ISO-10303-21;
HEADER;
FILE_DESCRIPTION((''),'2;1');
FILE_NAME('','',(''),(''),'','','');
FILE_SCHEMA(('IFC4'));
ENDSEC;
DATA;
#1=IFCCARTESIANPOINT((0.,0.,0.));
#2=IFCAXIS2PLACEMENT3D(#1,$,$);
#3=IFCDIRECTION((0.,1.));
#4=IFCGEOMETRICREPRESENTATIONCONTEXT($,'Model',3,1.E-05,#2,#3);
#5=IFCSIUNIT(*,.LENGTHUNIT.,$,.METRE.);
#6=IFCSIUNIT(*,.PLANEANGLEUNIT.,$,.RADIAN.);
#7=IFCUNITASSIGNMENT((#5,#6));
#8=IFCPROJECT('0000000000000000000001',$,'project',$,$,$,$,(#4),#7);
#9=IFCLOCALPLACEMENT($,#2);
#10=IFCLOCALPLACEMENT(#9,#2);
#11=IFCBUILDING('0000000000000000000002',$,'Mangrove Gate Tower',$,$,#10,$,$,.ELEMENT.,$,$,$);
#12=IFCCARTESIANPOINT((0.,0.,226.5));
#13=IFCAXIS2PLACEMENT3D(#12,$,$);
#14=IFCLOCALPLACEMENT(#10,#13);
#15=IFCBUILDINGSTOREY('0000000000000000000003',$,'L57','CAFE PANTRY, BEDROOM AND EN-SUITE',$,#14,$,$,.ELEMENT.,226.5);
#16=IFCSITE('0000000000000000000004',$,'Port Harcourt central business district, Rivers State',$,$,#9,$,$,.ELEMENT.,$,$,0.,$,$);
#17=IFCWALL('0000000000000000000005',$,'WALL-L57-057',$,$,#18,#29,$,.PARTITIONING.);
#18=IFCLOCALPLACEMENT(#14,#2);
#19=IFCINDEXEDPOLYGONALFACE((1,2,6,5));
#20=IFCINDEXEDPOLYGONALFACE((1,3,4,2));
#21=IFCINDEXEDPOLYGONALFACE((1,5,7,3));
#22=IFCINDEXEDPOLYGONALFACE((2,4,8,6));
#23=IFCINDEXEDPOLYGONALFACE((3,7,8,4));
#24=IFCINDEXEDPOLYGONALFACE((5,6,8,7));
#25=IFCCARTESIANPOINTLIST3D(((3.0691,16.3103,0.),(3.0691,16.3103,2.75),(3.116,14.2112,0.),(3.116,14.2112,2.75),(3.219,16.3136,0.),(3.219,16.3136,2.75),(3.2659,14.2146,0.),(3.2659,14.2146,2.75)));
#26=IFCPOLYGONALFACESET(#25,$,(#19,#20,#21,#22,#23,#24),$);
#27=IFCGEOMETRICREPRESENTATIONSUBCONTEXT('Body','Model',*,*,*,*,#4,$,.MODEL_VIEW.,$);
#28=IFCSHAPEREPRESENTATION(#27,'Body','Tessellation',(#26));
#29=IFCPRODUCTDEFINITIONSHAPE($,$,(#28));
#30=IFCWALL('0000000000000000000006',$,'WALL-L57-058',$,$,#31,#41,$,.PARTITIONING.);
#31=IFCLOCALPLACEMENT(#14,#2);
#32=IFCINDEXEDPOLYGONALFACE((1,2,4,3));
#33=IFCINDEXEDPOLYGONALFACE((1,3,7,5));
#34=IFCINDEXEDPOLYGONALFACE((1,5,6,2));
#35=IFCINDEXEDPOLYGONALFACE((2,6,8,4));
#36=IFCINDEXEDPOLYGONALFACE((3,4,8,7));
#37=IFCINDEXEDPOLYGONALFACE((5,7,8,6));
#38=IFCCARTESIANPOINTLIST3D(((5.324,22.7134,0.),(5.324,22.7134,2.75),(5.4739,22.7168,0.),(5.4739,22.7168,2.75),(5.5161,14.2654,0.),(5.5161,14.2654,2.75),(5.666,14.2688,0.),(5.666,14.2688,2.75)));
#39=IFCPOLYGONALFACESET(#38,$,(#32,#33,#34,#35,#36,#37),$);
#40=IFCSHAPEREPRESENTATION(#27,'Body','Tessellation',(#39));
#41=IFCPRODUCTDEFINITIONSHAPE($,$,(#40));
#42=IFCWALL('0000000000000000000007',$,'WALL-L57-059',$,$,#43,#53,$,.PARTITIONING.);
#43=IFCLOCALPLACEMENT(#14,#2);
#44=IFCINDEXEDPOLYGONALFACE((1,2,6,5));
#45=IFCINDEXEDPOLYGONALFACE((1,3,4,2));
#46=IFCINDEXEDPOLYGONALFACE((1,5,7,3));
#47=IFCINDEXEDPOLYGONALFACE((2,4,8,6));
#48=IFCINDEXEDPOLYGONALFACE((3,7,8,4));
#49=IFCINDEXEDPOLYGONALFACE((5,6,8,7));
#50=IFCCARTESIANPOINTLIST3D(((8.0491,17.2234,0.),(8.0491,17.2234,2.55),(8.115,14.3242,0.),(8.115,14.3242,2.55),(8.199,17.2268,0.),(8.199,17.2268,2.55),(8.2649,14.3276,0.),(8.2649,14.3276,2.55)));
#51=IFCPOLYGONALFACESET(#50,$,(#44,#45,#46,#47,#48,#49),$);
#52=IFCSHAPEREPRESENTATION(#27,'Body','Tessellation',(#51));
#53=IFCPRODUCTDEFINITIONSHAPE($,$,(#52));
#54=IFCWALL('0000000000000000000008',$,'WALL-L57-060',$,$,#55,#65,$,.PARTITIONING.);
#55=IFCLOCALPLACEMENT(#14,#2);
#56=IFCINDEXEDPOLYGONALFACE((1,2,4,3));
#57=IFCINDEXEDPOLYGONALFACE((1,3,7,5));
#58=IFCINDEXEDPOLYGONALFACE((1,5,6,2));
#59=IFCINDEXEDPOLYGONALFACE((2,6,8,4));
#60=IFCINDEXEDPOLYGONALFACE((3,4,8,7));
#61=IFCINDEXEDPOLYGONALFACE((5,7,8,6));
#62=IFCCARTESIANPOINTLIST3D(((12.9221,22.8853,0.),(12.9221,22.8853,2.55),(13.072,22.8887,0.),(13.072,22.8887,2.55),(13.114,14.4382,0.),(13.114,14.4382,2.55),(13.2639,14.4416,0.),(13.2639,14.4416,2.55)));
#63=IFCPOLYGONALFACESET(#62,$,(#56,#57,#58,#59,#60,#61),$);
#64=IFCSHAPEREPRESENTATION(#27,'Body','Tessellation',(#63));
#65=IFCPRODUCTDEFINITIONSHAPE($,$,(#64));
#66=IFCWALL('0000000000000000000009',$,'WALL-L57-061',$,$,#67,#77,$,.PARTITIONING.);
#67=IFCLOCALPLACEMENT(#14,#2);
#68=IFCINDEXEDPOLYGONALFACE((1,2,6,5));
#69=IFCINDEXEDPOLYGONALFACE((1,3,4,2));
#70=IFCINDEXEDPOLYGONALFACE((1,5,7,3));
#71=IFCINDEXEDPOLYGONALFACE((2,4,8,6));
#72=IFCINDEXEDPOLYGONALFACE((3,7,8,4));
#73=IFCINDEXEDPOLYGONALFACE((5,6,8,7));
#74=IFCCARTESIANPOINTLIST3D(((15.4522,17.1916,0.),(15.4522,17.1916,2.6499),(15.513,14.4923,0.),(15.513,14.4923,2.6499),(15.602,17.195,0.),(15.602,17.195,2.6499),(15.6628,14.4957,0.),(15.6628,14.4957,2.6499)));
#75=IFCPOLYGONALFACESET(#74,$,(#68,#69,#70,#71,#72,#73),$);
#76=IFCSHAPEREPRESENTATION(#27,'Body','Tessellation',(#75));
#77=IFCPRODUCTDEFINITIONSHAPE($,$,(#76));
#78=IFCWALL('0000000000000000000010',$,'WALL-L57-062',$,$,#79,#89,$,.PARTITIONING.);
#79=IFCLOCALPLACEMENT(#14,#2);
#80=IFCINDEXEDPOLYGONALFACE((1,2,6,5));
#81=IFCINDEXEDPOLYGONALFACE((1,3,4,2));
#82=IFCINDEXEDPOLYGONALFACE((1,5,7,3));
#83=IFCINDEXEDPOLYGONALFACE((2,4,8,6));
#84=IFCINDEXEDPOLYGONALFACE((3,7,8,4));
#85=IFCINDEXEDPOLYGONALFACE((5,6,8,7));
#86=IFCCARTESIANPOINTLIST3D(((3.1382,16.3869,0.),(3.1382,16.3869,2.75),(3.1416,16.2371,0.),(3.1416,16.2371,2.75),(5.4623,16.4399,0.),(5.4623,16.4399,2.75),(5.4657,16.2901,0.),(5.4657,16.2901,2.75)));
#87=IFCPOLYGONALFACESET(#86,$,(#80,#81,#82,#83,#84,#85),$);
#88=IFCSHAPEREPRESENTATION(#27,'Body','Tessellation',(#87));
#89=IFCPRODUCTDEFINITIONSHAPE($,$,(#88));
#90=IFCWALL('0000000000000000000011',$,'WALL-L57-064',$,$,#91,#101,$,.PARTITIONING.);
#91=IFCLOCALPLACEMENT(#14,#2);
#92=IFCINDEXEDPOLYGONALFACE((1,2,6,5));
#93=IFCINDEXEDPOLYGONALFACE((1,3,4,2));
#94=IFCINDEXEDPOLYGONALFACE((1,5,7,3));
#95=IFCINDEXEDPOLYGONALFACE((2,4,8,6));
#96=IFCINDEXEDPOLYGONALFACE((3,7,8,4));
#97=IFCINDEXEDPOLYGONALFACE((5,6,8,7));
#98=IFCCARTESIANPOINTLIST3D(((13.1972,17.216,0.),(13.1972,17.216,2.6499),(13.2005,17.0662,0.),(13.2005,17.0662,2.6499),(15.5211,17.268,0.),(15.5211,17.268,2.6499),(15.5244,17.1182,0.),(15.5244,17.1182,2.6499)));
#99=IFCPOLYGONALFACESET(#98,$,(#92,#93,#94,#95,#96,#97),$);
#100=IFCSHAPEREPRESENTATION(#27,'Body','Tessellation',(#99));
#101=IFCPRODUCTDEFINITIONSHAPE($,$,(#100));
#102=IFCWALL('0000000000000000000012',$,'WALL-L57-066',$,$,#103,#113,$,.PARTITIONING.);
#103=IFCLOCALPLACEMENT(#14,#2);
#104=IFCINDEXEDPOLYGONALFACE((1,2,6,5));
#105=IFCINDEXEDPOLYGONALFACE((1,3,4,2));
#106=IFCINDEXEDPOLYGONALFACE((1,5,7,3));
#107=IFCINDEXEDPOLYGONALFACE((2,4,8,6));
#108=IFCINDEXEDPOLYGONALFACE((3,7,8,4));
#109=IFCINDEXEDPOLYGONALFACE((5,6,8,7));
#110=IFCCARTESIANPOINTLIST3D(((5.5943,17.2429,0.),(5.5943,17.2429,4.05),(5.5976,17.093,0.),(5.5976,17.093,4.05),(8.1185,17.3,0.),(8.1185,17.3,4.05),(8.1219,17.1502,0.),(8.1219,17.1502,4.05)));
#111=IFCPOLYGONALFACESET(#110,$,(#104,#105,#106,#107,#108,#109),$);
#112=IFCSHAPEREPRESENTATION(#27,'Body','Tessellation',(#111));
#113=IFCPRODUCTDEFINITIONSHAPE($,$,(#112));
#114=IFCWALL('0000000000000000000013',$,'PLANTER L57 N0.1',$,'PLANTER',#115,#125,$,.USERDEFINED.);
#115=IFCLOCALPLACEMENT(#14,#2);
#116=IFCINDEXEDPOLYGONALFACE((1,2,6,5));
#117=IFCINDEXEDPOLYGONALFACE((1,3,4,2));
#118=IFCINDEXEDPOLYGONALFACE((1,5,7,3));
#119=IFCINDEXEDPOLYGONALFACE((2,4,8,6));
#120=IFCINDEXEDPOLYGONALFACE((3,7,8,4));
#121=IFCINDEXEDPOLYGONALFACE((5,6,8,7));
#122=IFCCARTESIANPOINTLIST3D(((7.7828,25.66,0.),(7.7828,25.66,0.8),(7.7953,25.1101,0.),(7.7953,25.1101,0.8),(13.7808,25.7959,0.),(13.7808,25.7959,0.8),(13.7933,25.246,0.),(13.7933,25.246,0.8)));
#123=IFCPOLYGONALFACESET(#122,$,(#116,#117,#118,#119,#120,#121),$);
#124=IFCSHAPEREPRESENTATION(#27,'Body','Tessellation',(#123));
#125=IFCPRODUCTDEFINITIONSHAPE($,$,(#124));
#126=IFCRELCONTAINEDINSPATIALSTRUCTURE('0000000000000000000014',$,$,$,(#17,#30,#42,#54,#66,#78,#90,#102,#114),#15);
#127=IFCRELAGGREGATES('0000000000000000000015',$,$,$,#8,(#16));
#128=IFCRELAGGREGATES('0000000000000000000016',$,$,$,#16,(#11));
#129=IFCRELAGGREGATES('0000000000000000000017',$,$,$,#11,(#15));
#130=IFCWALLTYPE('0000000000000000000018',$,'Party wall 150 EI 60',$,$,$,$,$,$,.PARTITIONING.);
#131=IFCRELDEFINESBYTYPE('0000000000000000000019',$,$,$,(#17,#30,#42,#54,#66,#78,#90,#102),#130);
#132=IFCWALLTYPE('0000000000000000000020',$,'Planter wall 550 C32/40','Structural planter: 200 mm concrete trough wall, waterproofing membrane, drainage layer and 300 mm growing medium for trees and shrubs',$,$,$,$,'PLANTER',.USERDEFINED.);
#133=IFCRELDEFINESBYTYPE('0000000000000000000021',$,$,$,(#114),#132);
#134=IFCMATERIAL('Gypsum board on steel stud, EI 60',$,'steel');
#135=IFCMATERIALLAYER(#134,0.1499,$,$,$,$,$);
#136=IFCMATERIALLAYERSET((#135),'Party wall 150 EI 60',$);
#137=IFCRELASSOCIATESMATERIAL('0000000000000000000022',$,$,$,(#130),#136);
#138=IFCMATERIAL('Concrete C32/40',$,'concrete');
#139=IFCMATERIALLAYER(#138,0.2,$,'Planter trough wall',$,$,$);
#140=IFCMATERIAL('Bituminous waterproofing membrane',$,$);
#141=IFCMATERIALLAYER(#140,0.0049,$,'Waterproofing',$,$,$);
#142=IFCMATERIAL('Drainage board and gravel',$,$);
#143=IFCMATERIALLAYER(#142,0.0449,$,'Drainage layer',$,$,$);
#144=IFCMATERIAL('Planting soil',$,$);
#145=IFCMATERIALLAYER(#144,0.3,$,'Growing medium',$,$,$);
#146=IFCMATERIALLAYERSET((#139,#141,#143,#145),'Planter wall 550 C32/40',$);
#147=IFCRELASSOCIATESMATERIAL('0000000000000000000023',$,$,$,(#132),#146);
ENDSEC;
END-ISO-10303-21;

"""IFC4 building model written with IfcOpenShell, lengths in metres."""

from ifc_helpers import new_model, si_unit, direction, frame, frame_2d, origin, place, context, subcontext, project, spatial, rectangle, extrude, material, layer, layer_set, type_object, element, save


model = new_model("IFC4")

# Units and contexts
model_context = context("Model", 3, precision=1e-05, world=origin(), true_north=direction((0.0, 1.0)))
body_context = subcontext(model_context, "Body", "Model", "MODEL_VIEW")
ifc_project = project(units=[si_unit("LENGTHUNIT", "METRE"), si_unit("PLANEANGLEUNIT", "RADIAN")], contexts=[model_context])

# Site, building, storey
site_placement = place(None, origin())
site = spatial("IfcSite", under=ifc_project, at=site_placement, Name="Port Harcourt central business district, Rivers State", CompositionType="ELEMENT", RefElevation=0.0)
building_placement = place(site_placement, origin())
building = spatial("IfcBuilding", under=site, at=building_placement, Name="Mangrove Gate Tower", CompositionType="ELEMENT")
storey_placement = place(building_placement, frame((0.0, 0.0, 226.5)))
storey = spatial("IfcBuildingStorey", under=building, at=storey_placement, Name="L57", Description="CAFE PANTRY, BEDROOM AND EN-SUITE", CompositionType="ELEMENT", Elevation=226.5)

# Walls
ifc_material_1 = material(Name="Gypsum board on steel stud, EI 60", Category="steel")
ifc_layer_1 = layer(ifc_material_1, 0.1499)
ifc_layer_set_1 = layer_set([ifc_layer_1], Name="Party wall 150 EI 60")
wall_type_1 = type_object("IfcWallType", Name="Party wall 150 EI 60", PredefinedType="PARTITIONING", material=ifc_layer_set_1)
wall_1_placement = place(storey_placement, frame((3.1909, 14.2129, 0.0), z_axis=(0.0, 0.0, 1.0), x_axis=(-0.022325, 0.999751, 0.0)))
element("IfcWall", 1, at=wall_1_placement, inside=storey, type_object=wall_type_1, Name="WALL-L57-057", PredefinedType="PARTITIONING", context=body_context, shape_type="SweptSolid", body=[
    extrude(rectangle(XDim=2.0996, YDim=0.1499, at=frame_2d((1.0498, 0.0))), origin(), (0.0, 0.0, 1.0), 2.75),
])
wall_2_placement = place(storey_placement, frame((5.5911, 14.2671, 0.0), z_axis=(0.0, 0.0, 1.0), x_axis=(-0.022738, 0.999741, 0.0)))
element("IfcWall", 2, at=wall_2_placement, inside=storey, type_object=wall_type_1, Name="WALL-L57-058", PredefinedType="PARTITIONING", context=body_context, shape_type="SweptSolid", body=[
    extrude(rectangle(XDim=8.4502, YDim=0.1499, at=frame_2d((4.2251, 0.0))), origin(), (0.0, 0.0, 1.0), 2.75),
])
wall_3_placement = place(storey_placement, frame((8.1899, 14.3259, 0.0), z_axis=(0.0, 0.0, 1.0), x_axis=(-0.022731, 0.999742, 0.0)))
element("IfcWall", 3, at=wall_3_placement, inside=storey, type_object=wall_type_1, Name="WALL-L57-059", PredefinedType="PARTITIONING", context=body_context, shape_type="SweptSolid", body=[
    extrude(rectangle(XDim=2.8999, YDim=0.1499, at=frame_2d((1.45, 0.0))), origin(), (0.0, 0.0, 1.0), 2.55),
])
wall_4_placement = place(storey_placement, frame((13.189, 14.4399, 0.0), z_axis=(0.0, 0.0, 1.0), x_axis=(-0.022712, 0.999742, 0.0)))
element("IfcWall", 4, at=wall_4_placement, inside=storey, type_object=wall_type_1, Name="WALL-L57-060", PredefinedType="PARTITIONING", context=body_context, shape_type="SweptSolid", body=[
    extrude(rectangle(XDim=8.4492, YDim=0.1499, at=frame_2d((4.2246, 0.0))), origin(), (0.0, 0.0, 1.0), 2.55),
])
wall_5_placement = place(storey_placement, frame((15.5879, 14.4939, 0.0), z_axis=(0.0, 0.0, 1.0), x_axis=(-0.022516, 0.999746, 0.0)))
element("IfcWall", 5, at=wall_5_placement, inside=storey, type_object=wall_type_1, Name="WALL-L57-061", PredefinedType="PARTITIONING", context=body_context, shape_type="SweptSolid", body=[
    extrude(rectangle(XDim=2.7, YDim=0.1499, at=frame_2d((1.3501, 0.0))), origin(), (0.0, 0.0, 1.0), 2.6499),
])
wall_6_placement = place(storey_placement, frame((3.1399, 16.312, 0.0), z_axis=(0.0, 0.0, 1.0), x_axis=(0.99974, 0.022788, 0.0)))
element("IfcWall", 6, at=wall_6_placement, inside=storey, type_object=wall_type_1, Name="WALL-L57-062", PredefinedType="PARTITIONING", context=body_context, shape_type="SweptSolid", body=[
    extrude(rectangle(XDim=2.3247, YDim=0.1499, at=frame_2d((1.1624, 0.0))), origin(), (0.0, 0.0, 1.0), 2.75),
])
wall_7_placement = place(storey_placement, frame((13.199, 17.1411, 0.0), z_axis=(0.0, 0.0, 1.0), x_axis=(0.99975, 0.022371, 0.0)))
element("IfcWall", 7, at=wall_7_placement, inside=storey, type_object=wall_type_1, Name="WALL-L57-064", PredefinedType="PARTITIONING", context=body_context, shape_type="SweptSolid", body=[
    extrude(rectangle(XDim=2.3245, YDim=0.1499, at=frame_2d((1.1621, 0.0))), origin(), (0.0, 0.0, 1.0), 2.6499),
])
wall_8_placement = place(storey_placement, frame((5.5959, 17.168, 0.0), z_axis=(0.0, 0.0, 1.0), x_axis=(0.999744, 0.022627, 0.0)))
element("IfcWall", 8, at=wall_8_placement, inside=storey, type_object=wall_type_1, Name="WALL-L57-066", PredefinedType="PARTITIONING", context=body_context, shape_type="SweptSolid", body=[
    extrude(rectangle(XDim=2.5249, YDim=0.1499, at=frame_2d((1.2625, 0.0))), origin(), (0.0, 0.0, 1.0), 4.05),
])
ifc_material_2 = material(Name="Concrete C32/40", Category="concrete")
ifc_layer_2 = layer(ifc_material_2, 0.2, Name="Planter trough wall")
ifc_material_3 = material(Name="Bituminous waterproofing membrane")
ifc_layer_3 = layer(ifc_material_3, 0.0049, Name="Waterproofing")
ifc_material_4 = material(Name="Drainage board and gravel")
ifc_layer_4 = layer(ifc_material_4, 0.0449, Name="Drainage layer")
ifc_material_5 = material(Name="Planting soil")
ifc_layer_5 = layer(ifc_material_5, 0.3, Name="Growing medium")
ifc_layer_set_2 = layer_set([ifc_layer_2, ifc_layer_3, ifc_layer_4, ifc_layer_5], Name="Planter wall 550 C32/40")
wall_type_2 = type_object("IfcWallType", Name="Planter wall 550 C32/40", Description="Structural planter: 200 mm concrete trough wall, waterproofing membrane, drainage layer and 300 mm growing medium for trees and shrubs", ElementType="PLANTER", PredefinedType="USERDEFINED", material=ifc_layer_set_2)
wall_9_placement = place(storey_placement, frame((7.7891, 25.385, 0.0), z_axis=(0.0, 0.0, 1.0), x_axis=(0.999743, 0.022666, 0.0)))
element("IfcWall", 9, at=wall_9_placement, inside=storey, type_object=wall_type_2, Name="PLANTER L57 N0.1", ObjectType="PLANTER", PredefinedType="USERDEFINED", context=body_context, shape_type="SweptSolid", body=[
    extrude(rectangle(XDim=5.9995, YDim=0.55, at=frame_2d((2.9998, 0.0))), origin(), (0.0, 0.0, 1.0), 0.8),
])

save(model, "model.ifc")
